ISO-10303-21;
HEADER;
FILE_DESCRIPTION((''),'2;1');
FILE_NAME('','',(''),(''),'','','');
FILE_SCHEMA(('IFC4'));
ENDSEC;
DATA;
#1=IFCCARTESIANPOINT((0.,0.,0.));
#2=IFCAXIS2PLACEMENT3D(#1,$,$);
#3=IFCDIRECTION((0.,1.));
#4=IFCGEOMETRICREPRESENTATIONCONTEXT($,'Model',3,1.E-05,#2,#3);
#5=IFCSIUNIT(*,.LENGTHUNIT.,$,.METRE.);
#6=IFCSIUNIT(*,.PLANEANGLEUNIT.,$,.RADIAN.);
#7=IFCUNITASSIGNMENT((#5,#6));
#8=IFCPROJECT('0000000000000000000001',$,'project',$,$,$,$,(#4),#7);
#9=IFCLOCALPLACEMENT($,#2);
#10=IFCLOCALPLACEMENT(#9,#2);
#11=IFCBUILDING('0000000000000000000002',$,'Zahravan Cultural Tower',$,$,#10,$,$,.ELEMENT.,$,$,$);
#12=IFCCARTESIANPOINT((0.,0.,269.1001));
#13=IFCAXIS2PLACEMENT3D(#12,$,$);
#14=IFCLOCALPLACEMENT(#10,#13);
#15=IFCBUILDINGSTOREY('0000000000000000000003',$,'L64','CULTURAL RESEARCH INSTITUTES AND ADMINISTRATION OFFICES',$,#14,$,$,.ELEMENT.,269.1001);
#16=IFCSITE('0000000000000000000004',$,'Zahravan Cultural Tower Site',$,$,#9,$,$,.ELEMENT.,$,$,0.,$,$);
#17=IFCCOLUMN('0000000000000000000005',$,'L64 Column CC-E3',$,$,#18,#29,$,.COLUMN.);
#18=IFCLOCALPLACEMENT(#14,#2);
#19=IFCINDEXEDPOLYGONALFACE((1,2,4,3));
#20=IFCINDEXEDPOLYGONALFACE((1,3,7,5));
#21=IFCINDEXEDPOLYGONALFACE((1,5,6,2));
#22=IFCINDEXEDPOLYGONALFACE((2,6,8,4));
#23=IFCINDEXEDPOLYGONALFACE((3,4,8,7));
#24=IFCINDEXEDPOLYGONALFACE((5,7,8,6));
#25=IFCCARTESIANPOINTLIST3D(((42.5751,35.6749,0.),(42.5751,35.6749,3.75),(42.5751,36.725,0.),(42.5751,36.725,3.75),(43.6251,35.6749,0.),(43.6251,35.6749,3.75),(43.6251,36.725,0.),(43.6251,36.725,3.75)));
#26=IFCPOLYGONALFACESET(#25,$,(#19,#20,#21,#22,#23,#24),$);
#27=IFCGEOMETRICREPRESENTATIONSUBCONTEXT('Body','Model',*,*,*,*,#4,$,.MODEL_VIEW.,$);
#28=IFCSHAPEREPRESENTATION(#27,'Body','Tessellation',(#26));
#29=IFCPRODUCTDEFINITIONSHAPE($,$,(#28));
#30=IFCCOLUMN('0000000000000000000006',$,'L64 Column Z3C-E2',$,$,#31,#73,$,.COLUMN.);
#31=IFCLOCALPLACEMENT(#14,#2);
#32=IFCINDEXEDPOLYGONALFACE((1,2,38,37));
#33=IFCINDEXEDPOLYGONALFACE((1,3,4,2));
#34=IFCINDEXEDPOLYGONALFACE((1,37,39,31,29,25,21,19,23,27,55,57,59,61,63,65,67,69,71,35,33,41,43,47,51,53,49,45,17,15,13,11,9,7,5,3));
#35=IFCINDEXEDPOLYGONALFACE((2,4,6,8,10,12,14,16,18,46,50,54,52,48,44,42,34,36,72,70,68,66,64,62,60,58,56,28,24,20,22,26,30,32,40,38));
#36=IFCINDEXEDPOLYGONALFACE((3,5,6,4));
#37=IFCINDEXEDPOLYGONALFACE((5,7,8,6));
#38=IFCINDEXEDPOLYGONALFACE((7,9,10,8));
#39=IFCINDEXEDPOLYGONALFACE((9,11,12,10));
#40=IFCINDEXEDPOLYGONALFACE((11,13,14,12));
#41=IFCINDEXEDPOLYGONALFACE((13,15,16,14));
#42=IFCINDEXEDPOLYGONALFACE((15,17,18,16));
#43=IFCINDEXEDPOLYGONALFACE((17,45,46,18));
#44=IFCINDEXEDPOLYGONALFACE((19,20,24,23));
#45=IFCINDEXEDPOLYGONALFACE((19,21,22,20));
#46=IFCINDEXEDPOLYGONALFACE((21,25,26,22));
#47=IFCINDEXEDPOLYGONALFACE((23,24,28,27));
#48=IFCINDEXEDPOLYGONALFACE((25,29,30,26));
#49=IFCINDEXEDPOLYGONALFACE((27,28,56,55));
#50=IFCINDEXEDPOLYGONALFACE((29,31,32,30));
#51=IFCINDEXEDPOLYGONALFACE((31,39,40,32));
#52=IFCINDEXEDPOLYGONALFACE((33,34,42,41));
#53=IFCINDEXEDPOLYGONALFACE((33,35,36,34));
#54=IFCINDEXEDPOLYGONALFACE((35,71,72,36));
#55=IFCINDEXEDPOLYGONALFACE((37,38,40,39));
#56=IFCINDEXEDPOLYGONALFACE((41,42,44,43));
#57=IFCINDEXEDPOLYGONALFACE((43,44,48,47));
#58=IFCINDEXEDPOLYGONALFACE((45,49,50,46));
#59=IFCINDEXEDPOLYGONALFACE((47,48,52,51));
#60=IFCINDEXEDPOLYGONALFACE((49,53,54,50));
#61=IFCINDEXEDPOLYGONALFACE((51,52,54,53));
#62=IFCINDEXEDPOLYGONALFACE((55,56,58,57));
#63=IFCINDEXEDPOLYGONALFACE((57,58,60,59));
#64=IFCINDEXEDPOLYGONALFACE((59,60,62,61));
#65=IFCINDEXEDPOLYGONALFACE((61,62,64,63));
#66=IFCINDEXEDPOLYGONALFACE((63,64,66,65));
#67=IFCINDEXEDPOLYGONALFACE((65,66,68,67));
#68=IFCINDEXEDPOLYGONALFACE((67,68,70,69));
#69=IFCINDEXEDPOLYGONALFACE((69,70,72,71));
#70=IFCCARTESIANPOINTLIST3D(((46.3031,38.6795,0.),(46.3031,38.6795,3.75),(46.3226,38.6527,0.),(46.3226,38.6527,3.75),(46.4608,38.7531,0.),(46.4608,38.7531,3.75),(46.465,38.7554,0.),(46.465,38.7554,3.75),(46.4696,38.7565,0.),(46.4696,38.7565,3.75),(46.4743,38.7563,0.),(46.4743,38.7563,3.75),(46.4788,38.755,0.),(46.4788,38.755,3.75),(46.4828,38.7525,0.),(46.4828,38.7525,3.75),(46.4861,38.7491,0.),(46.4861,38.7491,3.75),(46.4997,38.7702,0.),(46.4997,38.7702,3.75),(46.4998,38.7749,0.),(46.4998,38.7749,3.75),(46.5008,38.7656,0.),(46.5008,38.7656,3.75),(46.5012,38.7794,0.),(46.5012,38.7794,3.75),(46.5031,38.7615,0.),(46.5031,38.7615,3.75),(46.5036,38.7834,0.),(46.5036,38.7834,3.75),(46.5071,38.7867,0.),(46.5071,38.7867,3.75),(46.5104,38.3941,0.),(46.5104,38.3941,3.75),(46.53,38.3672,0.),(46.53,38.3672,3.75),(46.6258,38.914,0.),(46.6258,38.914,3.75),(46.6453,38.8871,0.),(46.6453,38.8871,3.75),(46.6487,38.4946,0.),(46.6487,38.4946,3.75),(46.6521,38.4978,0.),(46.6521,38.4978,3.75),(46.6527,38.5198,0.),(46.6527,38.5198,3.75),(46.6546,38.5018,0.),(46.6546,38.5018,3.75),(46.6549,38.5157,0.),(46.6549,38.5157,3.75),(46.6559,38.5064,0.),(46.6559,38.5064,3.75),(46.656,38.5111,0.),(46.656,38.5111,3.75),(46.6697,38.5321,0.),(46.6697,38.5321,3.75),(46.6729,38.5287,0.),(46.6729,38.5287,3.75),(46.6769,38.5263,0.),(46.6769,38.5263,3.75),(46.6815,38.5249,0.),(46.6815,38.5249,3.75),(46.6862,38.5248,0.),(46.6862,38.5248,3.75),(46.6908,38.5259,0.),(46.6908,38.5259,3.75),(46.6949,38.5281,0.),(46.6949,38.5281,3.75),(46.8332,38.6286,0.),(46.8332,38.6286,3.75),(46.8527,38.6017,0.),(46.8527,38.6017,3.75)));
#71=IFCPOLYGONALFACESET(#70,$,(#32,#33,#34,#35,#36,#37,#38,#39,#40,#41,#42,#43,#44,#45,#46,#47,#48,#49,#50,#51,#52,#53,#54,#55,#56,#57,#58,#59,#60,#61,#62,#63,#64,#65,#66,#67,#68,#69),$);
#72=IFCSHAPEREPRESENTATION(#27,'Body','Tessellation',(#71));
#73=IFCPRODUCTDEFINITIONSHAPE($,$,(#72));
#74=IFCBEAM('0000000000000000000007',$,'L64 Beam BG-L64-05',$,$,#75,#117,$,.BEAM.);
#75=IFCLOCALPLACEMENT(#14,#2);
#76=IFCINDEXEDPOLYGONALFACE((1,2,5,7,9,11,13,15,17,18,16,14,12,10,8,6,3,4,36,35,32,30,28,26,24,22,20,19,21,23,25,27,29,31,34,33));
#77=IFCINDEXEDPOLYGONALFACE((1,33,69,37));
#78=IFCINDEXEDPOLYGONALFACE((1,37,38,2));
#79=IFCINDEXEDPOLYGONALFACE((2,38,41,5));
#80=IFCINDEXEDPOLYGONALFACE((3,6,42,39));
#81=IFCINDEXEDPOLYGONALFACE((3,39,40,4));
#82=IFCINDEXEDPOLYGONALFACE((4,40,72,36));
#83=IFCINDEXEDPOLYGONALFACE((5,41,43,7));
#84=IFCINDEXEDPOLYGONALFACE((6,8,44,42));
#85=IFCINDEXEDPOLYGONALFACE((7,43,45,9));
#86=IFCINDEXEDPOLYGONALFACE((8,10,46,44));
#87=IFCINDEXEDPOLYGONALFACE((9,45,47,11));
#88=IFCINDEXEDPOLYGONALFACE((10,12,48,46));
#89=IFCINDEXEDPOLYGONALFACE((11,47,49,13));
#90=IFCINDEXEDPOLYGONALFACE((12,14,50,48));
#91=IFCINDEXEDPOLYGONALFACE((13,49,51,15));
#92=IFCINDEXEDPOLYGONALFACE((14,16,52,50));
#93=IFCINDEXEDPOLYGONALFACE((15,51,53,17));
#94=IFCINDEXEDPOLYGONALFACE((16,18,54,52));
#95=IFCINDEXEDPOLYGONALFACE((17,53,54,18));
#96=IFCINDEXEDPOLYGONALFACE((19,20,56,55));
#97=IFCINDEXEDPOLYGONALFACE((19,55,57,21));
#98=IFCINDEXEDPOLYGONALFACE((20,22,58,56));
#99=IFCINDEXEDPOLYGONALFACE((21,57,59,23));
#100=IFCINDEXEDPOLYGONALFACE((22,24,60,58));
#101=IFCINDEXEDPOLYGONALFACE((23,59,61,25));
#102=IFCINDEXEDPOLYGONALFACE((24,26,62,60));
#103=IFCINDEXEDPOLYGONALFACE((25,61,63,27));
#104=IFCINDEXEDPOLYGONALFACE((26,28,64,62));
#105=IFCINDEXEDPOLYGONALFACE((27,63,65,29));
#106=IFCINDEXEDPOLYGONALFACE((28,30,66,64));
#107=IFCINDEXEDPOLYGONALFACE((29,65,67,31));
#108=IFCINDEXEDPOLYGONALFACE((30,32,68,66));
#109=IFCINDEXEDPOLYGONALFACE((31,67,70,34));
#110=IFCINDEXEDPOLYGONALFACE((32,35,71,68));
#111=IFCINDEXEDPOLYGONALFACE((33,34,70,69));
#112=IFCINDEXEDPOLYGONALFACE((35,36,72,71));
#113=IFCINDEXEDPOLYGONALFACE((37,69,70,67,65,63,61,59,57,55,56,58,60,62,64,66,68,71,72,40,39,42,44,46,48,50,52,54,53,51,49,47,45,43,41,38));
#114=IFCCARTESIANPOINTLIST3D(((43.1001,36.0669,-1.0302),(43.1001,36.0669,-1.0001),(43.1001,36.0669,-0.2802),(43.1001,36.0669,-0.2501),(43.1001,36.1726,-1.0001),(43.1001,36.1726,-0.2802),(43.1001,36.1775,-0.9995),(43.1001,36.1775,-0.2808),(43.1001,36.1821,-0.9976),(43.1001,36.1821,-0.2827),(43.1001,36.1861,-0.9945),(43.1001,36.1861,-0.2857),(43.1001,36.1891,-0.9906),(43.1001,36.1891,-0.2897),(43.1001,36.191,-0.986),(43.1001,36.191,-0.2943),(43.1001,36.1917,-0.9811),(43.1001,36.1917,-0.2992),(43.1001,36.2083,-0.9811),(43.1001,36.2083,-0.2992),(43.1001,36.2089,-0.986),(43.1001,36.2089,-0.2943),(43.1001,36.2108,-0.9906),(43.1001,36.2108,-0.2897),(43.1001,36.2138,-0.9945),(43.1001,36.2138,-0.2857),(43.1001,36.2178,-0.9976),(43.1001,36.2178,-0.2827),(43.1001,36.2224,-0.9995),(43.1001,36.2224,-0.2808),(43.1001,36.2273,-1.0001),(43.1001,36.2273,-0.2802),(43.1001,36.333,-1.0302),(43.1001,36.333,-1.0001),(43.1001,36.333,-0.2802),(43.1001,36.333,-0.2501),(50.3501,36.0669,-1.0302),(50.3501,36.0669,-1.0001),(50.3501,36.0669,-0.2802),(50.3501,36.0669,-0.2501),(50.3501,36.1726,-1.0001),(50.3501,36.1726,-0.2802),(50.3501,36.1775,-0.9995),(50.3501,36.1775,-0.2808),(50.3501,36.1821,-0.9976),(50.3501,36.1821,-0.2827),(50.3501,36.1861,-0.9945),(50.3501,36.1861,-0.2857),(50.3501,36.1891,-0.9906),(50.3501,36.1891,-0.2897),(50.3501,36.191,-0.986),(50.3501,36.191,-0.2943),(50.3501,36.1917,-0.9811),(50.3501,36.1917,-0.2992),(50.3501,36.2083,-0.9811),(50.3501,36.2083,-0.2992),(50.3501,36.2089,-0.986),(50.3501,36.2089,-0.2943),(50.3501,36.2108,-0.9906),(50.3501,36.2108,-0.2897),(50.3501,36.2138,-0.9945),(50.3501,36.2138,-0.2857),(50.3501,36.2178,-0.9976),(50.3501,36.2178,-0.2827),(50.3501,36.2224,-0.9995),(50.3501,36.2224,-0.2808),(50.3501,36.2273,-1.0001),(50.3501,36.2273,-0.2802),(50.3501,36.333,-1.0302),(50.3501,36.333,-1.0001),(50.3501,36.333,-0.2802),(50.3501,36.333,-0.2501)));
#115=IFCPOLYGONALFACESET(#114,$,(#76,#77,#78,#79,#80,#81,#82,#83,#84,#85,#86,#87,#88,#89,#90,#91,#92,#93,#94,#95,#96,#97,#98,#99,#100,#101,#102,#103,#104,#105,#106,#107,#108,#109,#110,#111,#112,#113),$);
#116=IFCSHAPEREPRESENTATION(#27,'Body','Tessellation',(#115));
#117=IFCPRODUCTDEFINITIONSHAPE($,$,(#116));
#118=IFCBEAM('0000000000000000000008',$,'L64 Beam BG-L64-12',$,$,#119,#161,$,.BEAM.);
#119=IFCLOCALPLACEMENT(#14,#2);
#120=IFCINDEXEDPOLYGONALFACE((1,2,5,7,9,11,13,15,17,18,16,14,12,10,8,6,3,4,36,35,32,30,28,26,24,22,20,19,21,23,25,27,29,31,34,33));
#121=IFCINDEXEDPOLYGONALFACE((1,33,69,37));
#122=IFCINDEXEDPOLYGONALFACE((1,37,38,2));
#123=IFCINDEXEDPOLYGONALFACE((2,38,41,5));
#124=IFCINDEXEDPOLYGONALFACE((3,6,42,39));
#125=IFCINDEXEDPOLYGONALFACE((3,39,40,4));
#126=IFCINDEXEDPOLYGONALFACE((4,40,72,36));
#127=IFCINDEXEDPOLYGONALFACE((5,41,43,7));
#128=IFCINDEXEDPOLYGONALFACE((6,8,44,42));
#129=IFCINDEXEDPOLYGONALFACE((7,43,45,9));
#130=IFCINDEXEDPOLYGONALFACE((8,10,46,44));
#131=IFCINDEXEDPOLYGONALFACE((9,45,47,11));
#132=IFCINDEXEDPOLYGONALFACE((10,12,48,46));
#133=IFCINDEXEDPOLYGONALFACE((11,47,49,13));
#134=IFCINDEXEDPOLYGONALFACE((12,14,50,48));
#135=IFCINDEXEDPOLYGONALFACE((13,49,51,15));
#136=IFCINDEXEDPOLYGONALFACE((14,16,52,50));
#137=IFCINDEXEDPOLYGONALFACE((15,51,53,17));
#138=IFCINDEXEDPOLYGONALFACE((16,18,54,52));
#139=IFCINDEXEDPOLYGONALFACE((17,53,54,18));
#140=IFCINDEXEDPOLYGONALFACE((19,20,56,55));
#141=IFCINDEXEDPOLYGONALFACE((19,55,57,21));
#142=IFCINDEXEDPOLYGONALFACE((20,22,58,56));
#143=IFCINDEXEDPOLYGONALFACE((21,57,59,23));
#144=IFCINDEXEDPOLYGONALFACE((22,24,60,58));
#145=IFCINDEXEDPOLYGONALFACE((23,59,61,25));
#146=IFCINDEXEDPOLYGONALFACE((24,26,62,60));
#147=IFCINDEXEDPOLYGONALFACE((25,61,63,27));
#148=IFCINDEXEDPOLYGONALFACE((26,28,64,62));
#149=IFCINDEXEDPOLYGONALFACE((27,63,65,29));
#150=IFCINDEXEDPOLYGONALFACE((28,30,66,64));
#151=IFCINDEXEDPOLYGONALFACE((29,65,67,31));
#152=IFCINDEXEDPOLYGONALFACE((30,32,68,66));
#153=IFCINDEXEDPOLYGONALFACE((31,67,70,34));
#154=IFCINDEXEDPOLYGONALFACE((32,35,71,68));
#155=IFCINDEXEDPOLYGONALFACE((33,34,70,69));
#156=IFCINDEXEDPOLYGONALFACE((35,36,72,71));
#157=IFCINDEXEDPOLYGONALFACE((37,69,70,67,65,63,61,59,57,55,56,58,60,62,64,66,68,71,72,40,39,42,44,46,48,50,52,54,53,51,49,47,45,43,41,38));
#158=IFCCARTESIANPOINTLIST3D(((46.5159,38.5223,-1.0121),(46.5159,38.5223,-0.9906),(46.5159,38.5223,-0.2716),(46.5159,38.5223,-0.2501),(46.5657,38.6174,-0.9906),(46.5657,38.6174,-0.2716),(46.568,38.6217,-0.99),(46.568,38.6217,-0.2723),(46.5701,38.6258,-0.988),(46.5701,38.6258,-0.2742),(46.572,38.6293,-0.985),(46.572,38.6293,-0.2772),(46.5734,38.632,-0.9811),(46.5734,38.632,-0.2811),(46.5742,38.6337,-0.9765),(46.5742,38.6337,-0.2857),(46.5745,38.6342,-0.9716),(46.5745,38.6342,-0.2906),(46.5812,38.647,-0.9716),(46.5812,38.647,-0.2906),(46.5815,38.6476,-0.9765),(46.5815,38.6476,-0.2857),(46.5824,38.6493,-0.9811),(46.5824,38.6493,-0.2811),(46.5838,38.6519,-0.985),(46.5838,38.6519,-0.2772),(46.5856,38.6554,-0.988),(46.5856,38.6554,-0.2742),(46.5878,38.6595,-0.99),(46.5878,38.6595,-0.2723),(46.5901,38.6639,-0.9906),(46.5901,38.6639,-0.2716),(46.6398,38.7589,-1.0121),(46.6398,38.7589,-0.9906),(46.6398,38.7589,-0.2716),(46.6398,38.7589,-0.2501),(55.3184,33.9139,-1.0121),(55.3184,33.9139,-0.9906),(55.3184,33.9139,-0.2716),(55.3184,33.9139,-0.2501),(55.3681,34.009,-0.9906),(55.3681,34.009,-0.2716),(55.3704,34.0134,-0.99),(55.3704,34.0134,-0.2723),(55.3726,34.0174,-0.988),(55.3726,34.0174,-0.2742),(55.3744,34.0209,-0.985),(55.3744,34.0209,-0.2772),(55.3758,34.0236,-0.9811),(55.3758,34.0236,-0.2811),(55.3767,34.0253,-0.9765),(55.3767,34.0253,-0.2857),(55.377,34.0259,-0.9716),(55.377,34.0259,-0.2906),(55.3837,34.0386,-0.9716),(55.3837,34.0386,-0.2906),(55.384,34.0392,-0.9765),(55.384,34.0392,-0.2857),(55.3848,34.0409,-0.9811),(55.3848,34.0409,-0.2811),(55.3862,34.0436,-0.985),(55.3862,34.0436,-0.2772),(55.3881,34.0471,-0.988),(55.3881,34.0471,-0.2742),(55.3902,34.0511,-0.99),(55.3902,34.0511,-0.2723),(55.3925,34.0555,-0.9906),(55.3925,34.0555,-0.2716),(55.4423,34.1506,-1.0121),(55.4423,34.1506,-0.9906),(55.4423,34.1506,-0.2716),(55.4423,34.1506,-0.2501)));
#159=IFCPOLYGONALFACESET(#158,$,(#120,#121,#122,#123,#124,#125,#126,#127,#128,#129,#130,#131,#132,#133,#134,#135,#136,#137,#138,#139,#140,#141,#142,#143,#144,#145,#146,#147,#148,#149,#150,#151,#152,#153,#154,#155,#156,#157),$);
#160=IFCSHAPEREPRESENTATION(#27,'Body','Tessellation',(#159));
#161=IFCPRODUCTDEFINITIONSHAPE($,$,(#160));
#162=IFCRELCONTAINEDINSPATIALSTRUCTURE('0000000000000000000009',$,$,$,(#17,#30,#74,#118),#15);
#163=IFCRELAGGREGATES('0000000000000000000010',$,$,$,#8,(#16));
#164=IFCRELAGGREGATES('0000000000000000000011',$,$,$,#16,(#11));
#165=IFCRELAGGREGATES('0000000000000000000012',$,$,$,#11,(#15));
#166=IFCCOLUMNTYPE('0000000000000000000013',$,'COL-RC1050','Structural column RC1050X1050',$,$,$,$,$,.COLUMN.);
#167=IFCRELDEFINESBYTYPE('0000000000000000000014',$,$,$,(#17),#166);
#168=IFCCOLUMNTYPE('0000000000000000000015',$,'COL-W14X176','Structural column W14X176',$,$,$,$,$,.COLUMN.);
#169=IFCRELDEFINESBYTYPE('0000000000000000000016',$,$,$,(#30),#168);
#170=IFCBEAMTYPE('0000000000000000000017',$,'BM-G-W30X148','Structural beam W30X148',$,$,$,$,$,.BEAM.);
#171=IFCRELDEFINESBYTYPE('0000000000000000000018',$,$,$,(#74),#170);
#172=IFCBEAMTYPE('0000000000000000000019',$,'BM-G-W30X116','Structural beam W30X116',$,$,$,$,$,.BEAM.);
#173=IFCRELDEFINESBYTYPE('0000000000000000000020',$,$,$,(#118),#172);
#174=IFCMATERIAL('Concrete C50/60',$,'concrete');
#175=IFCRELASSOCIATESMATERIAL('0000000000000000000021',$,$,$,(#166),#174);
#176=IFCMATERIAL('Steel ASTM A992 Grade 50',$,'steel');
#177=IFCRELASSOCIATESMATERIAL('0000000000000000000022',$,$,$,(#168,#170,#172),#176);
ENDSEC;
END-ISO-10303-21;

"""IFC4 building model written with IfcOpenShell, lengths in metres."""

from ifc_helpers import new_model, si_unit, direction, frame, origin, origin_2d, place, context, subcontext, project, spatial, rectangle, i_section, extrude, source, transform, mapped, material, material_profile, profile_set, type_object, element, save


model = new_model("IFC4")

# Units and contexts
model_context = context("Model", 3, precision=1e-05, world=origin(), true_north=direction((0.0, 1.0)))
body_context = subcontext(model_context, "Body", "Model", "MODEL_VIEW")
ifc_project = project(units=[si_unit("LENGTHUNIT", "METRE"), si_unit("PLANEANGLEUNIT", "RADIAN")], contexts=[model_context])

# Site, building, storey
site_placement = place(None, origin())
site = spatial("IfcSite", under=ifc_project, at=site_placement, Name="Zahravan Cultural Tower Site", CompositionType="ELEMENT", RefElevation=0.0)
building_placement = place(site_placement, origin())
building = spatial("IfcBuilding", under=site, at=building_placement, Name="Zahravan Cultural Tower", CompositionType="ELEMENT")
storey_placement = place(building_placement, frame((0.0, 0.0, 269.1001)))
storey = spatial("IfcBuildingStorey", under=building, at=storey_placement, Name="L64", Description="CULTURAL RESEARCH INSTITUTES AND ADMINISTRATION OFFICES", CompositionType="ELEMENT", Elevation=269.1001)

# Columns
ifc_material_1 = material(Name="Concrete C50/60", Category="concrete")
ifc_material_profile_1 = material_profile(ifc_material_1, rectangle(XDim=1.05, YDim=1.05, at=origin_2d()), Name="RC1050X1050")
ifc_profile_set_1 = profile_set([ifc_material_profile_1], Name="Concrete C50/60")
column_type_1 = type_object("IfcColumnType", Name="COL-RC1050", Description="Structural column RC1050X1050", PredefinedType="COLUMN", material=ifc_profile_set_1)
shared_shape_1 = source(origin(), body_context, "Body", "SweptSolid", [
    extrude(rectangle(XDim=1.05, YDim=1.05, at=origin_2d()), origin(), (0.0, 0.0, 1.0), 3.75),
])
column_1_placement = place(storey_placement, frame((43.1001, 36.2, 0.0), z_axis=(0.0, 0.0, 1.0), x_axis=(1.0, 0.0, 0.0)))
element("IfcColumn", 1, at=column_1_placement, inside=storey, type_object=column_type_1, Name="L64 Column CC-E3", PredefinedType="COLUMN", context=body_context, shape_type="MappedRepresentation", body=[
    mapped(shared_shape_1, transform((0.0, 0.0, 0.0), x_axis=(1.0, 0.0, 0.0), y_axis=(0.0, 1.0, 0.0), z_axis=(0.0, 0.0, 1.0), scale=1.0)),
])
ifc_material_2 = material(Name="Steel ASTM A992 Grade 50", Category="steel")
ifc_material_profile_2 = material_profile(ifc_material_2, i_section(OverallWidth=0.3989, OverallDepth=0.386, WebThickness=0.021, FlangeThickness=0.0332, FilletRadius=0.0181, at=origin_2d()), Name="W14X176")
ifc_profile_set_2 = profile_set([ifc_material_profile_2], Name="Steel ASTM A992 Grade 50")
column_type_2 = type_object("IfcColumnType", Name="COL-W14X176", Description="Structural column W14X176", PredefinedType="COLUMN", material=ifc_profile_set_2)
shared_shape_2 = source(origin(), body_context, "Body", "SweptSolid", [
    extrude(i_section(OverallWidth=0.3989, OverallDepth=0.386, WebThickness=0.021, FlangeThickness=0.0332, FilletRadius=0.0181, at=origin_2d()), origin(), (0.0, 0.0, 1.0), 3.75),
])
column_2_placement = place(storey_placement, frame((46.5779, 38.6406, 0.0), z_axis=(0.0, 0.0, 1.0), x_axis=(0.809017, 0.587785, 0.0)))
element("IfcColumn", 2, at=column_2_placement, inside=storey, type_object=column_type_2, Name="L64 Column Z3C-E2", PredefinedType="COLUMN", context=body_context, shape_type="MappedRepresentation", body=[
    mapped(shared_shape_2, transform((0.0, 0.0, 0.0), x_axis=(1.0, 0.0, 0.0), y_axis=(0.0, 1.0, 0.0), z_axis=(0.0, 0.0, 1.0), scale=1.0)),
])

# Beams
ifc_material_profile_3 = material_profile(ifc_material_2, i_section(OverallWidth=0.2661, OverallDepth=0.78, WebThickness=0.0166, FlangeThickness=0.03, FilletRadius=0.019, at=origin_2d()), Name="W30X148")
ifc_profile_set_3 = profile_set([ifc_material_profile_3], Name="Steel ASTM A992 Grade 50")
beam_type_1 = type_object("IfcBeamType", Name="BM-G-W30X148", Description="Structural beam W30X148", PredefinedType="BEAM", material=ifc_profile_set_3)
shared_shape_3 = source(origin(), body_context, "Body", "SweptSolid", [
    extrude(i_section(OverallWidth=0.2661, OverallDepth=0.78, WebThickness=0.0166, FlangeThickness=0.03, FilletRadius=0.019, at=origin_2d()), origin(), (0.0, 0.0, 1.0), 7.25),
])
beam_1_placement = place(storey_placement, frame((43.1001, 36.2, -0.6401), z_axis=(1.0, 0.0, 0.0), x_axis=(0.0, 1.0, 0.0)))
element("IfcBeam", 3, at=beam_1_placement, inside=storey, type_object=beam_type_1, Name="L64 Beam BG-L64-05", PredefinedType="BEAM", context=body_context, shape_type="MappedRepresentation", body=[
    mapped(shared_shape_3, transform((0.0, 0.0, 0.0), x_axis=(1.0, 0.0, 0.0), y_axis=(0.0, 1.0, 0.0), z_axis=(0.0, 0.0, 1.0), scale=1.0)),
])
ifc_material_profile_4 = material_profile(ifc_material_2, i_section(OverallWidth=0.2671, OverallDepth=0.762, WebThickness=0.0144, FlangeThickness=0.0215, FilletRadius=0.019, at=origin_2d()), Name="W30X116")
ifc_profile_set_4 = profile_set([ifc_material_profile_4], Name="Steel ASTM A992 Grade 50")
beam_type_2 = type_object("IfcBeamType", Name="BM-G-W30X116", Description="Structural beam W30X116", PredefinedType="BEAM", material=ifc_profile_set_4)
shared_shape_4 = source(origin(), body_context, "Body", "SweptSolid", [
    extrude(i_section(OverallWidth=0.2671, OverallDepth=0.762, WebThickness=0.0144, FlangeThickness=0.0215, FilletRadius=0.019, at=origin_2d()), origin(), (0.0, 0.0, 1.0), 9.9358),
])
beam_2_placement = place(storey_placement, frame((46.5779, 38.6406, -0.6311), z_axis=(0.885932, -0.463815, 0.0), x_axis=(0.463815, 0.885932, 0.0)))
element("IfcBeam", 4, at=beam_2_placement, inside=storey, type_object=beam_type_2, Name="L64 Beam BG-L64-12", PredefinedType="BEAM", context=body_context, shape_type="MappedRepresentation", body=[
    mapped(shared_shape_4, transform((0.0, 0.0, 0.0), x_axis=(1.0, 0.0, 0.0), y_axis=(0.0, 1.0, 0.0), z_axis=(0.0, 0.0, 1.0), scale=1.0)),
])

save(model, "model.ifc")
